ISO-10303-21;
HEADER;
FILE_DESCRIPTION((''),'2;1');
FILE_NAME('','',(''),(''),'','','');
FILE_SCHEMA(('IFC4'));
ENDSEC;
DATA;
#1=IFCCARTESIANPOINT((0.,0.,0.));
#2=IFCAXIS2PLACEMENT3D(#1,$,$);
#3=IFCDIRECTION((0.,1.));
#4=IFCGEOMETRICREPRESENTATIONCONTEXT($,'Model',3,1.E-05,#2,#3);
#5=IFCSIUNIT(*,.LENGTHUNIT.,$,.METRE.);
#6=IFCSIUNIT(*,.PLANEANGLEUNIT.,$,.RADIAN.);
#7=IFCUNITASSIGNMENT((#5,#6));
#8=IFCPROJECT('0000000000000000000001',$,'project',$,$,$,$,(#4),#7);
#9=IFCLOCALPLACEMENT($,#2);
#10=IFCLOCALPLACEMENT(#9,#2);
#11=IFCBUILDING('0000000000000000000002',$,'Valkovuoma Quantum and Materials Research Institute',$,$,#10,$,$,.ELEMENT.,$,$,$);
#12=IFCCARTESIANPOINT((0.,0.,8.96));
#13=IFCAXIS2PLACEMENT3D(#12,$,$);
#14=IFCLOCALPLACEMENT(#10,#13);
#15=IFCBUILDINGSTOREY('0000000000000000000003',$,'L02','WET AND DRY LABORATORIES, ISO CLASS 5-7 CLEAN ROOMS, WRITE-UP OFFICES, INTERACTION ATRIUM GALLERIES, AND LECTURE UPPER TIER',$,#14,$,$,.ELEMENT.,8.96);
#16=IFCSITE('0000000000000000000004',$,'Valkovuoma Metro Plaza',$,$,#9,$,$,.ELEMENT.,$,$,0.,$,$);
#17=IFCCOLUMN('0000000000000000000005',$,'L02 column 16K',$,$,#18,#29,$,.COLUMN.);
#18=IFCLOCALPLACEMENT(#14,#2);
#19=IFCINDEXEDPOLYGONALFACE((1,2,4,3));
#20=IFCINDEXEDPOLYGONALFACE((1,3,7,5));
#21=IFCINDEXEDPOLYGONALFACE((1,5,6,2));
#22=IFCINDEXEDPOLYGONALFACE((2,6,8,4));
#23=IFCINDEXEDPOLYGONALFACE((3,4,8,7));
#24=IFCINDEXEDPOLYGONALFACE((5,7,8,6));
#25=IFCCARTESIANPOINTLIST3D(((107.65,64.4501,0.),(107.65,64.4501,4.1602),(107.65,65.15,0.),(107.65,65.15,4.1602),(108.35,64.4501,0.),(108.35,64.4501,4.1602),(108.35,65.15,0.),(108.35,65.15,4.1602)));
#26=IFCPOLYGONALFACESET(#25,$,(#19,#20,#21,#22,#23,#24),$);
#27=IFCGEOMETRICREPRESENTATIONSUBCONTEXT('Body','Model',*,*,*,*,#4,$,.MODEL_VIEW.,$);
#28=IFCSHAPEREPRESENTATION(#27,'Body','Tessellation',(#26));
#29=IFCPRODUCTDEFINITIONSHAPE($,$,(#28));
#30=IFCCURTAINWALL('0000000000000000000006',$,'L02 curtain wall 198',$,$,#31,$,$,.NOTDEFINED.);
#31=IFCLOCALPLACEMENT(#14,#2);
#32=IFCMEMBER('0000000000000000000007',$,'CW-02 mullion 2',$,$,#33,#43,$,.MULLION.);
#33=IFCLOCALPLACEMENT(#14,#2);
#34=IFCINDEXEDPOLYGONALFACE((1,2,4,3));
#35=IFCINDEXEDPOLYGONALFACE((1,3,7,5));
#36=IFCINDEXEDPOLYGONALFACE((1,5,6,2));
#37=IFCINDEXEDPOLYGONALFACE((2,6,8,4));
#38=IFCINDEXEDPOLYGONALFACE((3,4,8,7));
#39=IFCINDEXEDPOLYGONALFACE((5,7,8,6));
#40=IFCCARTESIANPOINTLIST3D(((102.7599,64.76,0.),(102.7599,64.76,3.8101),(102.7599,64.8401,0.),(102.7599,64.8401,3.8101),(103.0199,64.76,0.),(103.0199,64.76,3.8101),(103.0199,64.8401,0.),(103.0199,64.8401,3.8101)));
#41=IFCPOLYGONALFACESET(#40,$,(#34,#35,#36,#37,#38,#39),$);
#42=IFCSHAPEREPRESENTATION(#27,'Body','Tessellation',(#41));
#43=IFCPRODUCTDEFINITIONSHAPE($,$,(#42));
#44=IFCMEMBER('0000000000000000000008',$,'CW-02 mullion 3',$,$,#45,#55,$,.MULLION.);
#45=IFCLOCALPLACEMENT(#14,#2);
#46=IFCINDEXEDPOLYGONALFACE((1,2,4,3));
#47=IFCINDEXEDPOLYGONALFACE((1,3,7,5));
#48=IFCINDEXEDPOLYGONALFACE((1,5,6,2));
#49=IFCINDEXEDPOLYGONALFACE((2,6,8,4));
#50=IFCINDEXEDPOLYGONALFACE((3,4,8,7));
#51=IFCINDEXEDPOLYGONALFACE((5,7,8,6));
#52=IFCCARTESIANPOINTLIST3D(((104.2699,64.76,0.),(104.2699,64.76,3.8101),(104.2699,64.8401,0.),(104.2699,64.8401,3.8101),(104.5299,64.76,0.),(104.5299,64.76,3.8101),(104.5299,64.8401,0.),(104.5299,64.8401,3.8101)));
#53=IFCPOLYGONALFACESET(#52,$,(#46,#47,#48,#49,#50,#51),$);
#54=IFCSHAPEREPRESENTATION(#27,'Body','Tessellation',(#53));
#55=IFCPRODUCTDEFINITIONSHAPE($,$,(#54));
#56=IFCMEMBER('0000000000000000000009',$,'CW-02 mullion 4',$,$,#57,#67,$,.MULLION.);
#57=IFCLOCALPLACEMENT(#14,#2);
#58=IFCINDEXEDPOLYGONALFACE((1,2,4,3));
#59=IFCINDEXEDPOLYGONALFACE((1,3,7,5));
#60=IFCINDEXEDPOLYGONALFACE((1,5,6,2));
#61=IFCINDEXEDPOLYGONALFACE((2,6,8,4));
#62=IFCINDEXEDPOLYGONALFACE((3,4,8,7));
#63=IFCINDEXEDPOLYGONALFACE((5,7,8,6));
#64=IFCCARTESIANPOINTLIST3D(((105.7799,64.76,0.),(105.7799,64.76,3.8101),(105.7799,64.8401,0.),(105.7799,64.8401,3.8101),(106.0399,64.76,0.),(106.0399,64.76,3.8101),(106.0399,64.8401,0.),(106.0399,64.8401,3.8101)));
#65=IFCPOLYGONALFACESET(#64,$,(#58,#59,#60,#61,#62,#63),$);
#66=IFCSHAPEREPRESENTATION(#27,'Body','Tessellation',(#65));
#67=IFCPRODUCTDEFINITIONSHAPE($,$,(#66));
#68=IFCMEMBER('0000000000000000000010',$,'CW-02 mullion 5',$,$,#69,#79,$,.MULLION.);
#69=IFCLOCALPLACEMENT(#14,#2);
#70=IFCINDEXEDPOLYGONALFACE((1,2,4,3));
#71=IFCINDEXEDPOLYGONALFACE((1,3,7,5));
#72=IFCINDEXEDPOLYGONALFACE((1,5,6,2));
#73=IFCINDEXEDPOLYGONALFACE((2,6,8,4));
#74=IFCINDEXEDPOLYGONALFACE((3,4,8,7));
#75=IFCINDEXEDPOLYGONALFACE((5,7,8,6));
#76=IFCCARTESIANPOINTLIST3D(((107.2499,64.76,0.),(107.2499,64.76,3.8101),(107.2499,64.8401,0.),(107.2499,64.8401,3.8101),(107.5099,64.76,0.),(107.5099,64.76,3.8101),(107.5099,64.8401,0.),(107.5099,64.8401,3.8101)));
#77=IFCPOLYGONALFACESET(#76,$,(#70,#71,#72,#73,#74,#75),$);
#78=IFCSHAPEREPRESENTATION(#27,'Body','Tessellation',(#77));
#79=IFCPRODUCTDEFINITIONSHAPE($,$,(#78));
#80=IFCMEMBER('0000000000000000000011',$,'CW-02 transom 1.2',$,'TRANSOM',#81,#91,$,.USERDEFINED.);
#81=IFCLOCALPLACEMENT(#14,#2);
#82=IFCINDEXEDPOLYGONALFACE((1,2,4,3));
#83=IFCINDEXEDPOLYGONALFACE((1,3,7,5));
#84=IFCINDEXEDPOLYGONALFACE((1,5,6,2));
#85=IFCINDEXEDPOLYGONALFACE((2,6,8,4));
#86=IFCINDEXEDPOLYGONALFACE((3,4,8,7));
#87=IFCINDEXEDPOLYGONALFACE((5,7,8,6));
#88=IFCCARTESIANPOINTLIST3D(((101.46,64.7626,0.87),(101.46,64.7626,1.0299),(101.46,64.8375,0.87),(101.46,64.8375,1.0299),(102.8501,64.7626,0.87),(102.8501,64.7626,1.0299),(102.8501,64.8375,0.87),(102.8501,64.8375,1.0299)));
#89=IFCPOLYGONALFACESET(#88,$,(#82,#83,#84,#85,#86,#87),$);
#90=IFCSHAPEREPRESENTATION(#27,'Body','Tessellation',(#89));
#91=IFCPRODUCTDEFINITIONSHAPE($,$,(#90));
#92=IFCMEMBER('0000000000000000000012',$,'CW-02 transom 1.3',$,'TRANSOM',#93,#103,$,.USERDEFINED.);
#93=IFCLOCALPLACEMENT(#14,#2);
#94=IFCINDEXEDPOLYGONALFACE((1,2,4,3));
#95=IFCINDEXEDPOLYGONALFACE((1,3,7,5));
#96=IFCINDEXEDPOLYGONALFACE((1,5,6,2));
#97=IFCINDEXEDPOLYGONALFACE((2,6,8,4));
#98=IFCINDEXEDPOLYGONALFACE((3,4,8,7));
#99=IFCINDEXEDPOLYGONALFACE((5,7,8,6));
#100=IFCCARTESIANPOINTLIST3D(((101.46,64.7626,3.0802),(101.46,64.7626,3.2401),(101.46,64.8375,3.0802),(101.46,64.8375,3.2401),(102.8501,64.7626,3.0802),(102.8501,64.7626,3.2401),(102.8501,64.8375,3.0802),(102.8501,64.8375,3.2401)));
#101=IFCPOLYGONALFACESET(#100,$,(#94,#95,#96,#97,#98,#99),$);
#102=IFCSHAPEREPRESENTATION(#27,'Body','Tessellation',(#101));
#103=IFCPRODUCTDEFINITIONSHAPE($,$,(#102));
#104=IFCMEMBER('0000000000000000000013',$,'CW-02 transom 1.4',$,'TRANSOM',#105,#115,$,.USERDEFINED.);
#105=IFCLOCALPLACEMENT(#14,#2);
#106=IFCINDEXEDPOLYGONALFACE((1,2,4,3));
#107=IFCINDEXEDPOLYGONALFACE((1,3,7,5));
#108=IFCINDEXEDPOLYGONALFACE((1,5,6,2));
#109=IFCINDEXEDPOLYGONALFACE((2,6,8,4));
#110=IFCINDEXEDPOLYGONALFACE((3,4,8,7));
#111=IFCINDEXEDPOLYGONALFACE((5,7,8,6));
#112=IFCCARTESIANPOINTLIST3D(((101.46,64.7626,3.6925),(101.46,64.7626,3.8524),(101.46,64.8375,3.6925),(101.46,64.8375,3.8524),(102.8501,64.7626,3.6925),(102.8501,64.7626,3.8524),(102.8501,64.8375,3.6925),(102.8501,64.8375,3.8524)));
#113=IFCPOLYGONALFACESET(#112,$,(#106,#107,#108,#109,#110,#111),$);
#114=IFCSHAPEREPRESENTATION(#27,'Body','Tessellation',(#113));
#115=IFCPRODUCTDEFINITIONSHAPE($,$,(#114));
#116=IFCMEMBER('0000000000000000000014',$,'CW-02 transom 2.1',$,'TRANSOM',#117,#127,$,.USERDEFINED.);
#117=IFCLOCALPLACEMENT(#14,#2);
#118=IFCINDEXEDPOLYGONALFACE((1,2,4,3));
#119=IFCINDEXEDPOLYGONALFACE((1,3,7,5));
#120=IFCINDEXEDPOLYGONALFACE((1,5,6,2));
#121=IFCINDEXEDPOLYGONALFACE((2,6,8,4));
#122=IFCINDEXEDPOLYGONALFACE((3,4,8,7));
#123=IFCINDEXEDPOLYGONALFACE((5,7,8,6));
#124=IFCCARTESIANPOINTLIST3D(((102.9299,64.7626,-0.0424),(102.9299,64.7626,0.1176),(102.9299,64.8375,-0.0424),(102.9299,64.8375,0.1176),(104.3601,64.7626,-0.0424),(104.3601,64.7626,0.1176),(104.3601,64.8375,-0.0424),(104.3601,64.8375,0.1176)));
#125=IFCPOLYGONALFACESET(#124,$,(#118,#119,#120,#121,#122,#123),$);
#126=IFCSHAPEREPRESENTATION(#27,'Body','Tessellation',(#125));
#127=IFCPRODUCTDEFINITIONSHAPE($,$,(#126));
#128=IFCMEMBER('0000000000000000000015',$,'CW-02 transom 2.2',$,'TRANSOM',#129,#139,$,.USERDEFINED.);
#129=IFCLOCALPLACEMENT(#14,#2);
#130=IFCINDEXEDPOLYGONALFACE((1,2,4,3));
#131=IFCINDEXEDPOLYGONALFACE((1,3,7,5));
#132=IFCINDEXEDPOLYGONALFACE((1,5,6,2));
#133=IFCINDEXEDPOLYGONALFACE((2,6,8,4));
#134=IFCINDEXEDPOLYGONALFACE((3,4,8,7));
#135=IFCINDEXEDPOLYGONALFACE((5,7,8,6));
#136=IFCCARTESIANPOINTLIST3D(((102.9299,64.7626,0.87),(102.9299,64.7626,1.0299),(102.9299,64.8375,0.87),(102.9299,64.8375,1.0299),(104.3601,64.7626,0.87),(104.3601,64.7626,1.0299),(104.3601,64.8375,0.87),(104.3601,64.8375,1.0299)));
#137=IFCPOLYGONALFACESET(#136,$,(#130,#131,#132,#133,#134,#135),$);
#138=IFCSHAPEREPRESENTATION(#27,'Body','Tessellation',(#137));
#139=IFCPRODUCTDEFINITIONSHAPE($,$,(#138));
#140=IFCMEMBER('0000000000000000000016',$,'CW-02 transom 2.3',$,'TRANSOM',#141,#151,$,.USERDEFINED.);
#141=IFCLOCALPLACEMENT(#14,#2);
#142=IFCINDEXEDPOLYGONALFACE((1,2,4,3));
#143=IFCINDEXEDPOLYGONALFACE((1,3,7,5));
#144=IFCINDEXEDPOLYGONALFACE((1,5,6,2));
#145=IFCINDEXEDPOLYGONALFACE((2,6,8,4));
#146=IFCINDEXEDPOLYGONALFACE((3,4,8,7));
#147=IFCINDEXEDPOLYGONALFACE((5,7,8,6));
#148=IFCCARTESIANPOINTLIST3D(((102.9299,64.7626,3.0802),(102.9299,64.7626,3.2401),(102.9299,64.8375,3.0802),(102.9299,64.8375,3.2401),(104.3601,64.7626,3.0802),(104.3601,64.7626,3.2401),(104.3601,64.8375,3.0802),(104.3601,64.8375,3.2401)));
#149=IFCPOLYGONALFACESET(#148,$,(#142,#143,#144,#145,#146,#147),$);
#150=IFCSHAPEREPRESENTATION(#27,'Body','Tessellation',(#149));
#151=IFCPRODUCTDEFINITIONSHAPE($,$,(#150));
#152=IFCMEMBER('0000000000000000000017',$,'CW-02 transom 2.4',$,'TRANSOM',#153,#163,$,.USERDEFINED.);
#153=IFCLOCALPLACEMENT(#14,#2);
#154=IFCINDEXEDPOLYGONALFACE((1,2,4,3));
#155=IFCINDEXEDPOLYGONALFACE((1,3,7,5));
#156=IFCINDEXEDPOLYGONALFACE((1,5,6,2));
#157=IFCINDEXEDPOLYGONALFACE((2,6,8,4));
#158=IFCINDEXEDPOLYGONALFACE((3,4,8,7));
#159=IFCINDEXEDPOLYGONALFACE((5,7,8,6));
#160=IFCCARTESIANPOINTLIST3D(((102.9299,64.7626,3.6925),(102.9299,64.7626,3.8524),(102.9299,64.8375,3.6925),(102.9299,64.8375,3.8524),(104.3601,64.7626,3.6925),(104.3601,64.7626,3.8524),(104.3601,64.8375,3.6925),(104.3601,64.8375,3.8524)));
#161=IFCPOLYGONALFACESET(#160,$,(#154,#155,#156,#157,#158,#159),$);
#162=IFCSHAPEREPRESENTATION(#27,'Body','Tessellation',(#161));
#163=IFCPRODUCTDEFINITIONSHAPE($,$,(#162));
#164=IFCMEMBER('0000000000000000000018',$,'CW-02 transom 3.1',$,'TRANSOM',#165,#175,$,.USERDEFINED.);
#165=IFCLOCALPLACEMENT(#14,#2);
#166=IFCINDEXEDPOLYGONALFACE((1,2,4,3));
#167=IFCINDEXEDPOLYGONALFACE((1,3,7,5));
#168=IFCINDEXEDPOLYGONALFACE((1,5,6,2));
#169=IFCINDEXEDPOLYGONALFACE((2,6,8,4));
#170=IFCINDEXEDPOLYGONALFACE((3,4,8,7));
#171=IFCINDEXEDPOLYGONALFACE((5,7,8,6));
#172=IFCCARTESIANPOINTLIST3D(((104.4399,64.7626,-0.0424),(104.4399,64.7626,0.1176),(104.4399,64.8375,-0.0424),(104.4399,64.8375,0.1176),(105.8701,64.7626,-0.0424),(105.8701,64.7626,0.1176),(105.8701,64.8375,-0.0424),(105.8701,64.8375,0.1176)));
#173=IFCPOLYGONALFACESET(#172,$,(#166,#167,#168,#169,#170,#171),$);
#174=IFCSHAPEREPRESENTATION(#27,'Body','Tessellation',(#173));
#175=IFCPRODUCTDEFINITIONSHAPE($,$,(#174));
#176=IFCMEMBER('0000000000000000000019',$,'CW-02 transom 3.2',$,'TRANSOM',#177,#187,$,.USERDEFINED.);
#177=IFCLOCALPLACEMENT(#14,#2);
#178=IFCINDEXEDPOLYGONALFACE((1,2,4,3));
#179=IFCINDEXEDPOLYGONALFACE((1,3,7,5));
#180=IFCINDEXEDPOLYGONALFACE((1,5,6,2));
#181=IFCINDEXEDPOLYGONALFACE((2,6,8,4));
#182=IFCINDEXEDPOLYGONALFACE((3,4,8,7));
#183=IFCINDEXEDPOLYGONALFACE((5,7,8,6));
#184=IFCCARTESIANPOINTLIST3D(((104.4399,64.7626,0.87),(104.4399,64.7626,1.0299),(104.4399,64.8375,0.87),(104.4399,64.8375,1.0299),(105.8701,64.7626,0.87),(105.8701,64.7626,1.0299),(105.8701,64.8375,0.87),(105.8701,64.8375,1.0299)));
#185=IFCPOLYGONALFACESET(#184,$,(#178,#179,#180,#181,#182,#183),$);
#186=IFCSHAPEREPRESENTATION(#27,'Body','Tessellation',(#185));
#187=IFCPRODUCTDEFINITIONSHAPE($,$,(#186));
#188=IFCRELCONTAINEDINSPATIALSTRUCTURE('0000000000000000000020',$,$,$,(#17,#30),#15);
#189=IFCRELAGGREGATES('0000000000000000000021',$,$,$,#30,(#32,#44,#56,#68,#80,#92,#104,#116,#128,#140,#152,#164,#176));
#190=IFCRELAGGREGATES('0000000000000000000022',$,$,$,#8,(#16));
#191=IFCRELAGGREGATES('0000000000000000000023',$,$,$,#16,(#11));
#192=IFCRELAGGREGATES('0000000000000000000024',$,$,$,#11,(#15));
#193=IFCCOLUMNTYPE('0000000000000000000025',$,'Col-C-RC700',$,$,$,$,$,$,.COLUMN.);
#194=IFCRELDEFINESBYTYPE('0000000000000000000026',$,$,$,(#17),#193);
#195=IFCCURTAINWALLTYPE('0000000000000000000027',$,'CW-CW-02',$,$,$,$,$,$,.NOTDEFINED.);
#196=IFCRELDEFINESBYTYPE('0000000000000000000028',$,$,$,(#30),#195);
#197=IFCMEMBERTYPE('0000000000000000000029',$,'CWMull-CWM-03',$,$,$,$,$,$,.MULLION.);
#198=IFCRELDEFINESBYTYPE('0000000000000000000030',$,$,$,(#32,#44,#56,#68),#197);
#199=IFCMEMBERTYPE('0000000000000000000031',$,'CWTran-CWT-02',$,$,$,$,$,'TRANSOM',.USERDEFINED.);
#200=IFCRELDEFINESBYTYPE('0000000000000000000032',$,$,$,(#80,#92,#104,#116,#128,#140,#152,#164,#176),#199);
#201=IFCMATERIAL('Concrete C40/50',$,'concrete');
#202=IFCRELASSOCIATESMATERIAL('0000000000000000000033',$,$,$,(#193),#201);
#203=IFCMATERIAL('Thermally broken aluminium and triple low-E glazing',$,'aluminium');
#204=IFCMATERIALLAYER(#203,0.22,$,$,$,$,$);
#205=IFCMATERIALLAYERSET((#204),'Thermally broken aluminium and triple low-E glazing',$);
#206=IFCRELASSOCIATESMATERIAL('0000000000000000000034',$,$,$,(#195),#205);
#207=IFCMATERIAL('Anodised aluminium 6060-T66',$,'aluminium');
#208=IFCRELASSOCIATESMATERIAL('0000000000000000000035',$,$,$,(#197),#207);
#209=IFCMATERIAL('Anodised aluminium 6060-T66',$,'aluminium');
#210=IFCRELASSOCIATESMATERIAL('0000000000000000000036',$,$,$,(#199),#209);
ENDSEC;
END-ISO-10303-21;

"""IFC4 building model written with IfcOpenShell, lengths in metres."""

from ifc_helpers import new_model, si_unit, direction, frame, origin, origin_2d, place, context, subcontext, project, spatial, rectangle, extrude, material, layer, layer_set, material_profile, profile_set, type_object, element, aggregate, save


model = new_model("IFC4")

# Units and contexts
model_context = context("Model", 3, precision=1e-05, world=origin(), true_north=direction((0.0, 1.0)))
body_context = subcontext(model_context, "Body", "Model", "MODEL_VIEW")
ifc_project = project(units=[si_unit("LENGTHUNIT", "METRE"), si_unit("PLANEANGLEUNIT", "RADIAN")], contexts=[model_context])

# Site, building, storey
site_placement = place(None, origin())
site = spatial("IfcSite", under=ifc_project, at=site_placement, Name="Valkovuoma Metro Plaza", CompositionType="ELEMENT", RefElevation=0.0)
building_placement = place(site_placement, origin())
building = spatial("IfcBuilding", under=site, at=building_placement, Name="Valkovuoma Quantum and Materials Research Institute", CompositionType="ELEMENT")
storey_placement = place(building_placement, frame((0.0, 0.0, 8.96)))
storey = spatial("IfcBuildingStorey", under=building, at=storey_placement, Name="L02", Description="WET AND DRY LABORATORIES, ISO CLASS 5-7 CLEAN ROOMS, WRITE-UP OFFICES, INTERACTION ATRIUM GALLERIES, AND LECTURE UPPER TIER", CompositionType="ELEMENT", Elevation=8.96)

# Column
ifc_material_1 = material(Name="Concrete C40/50", Category="concrete")
ifc_material_profile_1 = material_profile(ifc_material_1, rectangle(XDim=0.7, YDim=0.7, at=origin_2d()), Name="Concrete C40/50")
ifc_profile_set_1 = profile_set([ifc_material_profile_1], Name="Concrete C40/50")
column_type = type_object("IfcColumnType", Name="Col-C-RC700", PredefinedType="COLUMN", material=ifc_profile_set_1)
column_placement = place(storey_placement, frame((108.0, 64.8, 0.0), z_axis=(0.0, 0.0, 1.0), x_axis=(1.0, 0.0, 0.0)))
element("IfcColumn", 1, at=column_placement, inside=storey, type_object=column_type, Name="L02 column 16K", PredefinedType="COLUMN", context=body_context, shape_type="SweptSolid", body=[
    extrude(rectangle(XDim=0.7, YDim=0.7, at=origin_2d()), origin(), (0.0, 0.0, 1.0), 4.1602),
])

# Curtain wall, members
ifc_material_2 = material(Name="Thermally broken aluminium and triple low-E glazing", Category="aluminium")
ifc_layer_1 = layer(ifc_material_2, 0.22)
ifc_layer_set_1 = layer_set([ifc_layer_1], Name="Thermally broken aluminium and triple low-E glazing")
curtain_wall_type = type_object("IfcCurtainWallType", Name="CW-CW-02", PredefinedType="NOTDEFINED", material=ifc_layer_set_1)
curtain_wall_placement = place(storey_placement, origin())
curtain_wall = element("IfcCurtainWall", 2, at=curtain_wall_placement, inside=storey, type_object=curtain_wall_type, Name="L02 curtain wall 198", PredefinedType="NOTDEFINED")
ifc_material_3 = material(Name="Anodised aluminium 6060-T66", Category="aluminium")
ifc_material_profile_2 = material_profile(ifc_material_3, rectangle(XDim=0.0801, YDim=0.26, at=origin_2d()), Name="Anodised aluminium 6060-T66")
ifc_profile_set_2 = profile_set([ifc_material_profile_2], Name="Anodised aluminium 6060-T66")
member_type_1 = type_object("IfcMemberType", Name="CWMull-CWM-03", PredefinedType="MULLION", material=ifc_profile_set_2)
member_1_placement = place(storey_placement, frame((102.8899, 64.8, 0.0), z_axis=(0.0, 0.0, 1.0), x_axis=(0.0, 1.0, 0.0)))
member_1 = element("IfcMember", 3, at=member_1_placement, type_object=member_type_1, Name="CW-02 mullion 2", PredefinedType="MULLION", context=body_context, shape_type="SweptSolid", body=[
    extrude(rectangle(XDim=0.0801, YDim=0.26, at=origin_2d()), origin(), (0.0, 0.0, 1.0), 3.8101),
])
member_2_placement = place(storey_placement, frame((104.3999, 64.8, 0.0), z_axis=(0.0, 0.0, 1.0), x_axis=(0.0, 1.0, 0.0)))
member_2 = element("IfcMember", 4, at=member_2_placement, type_object=member_type_1, Name="CW-02 mullion 3", PredefinedType="MULLION", context=body_context, shape_type="SweptSolid", body=[
    extrude(rectangle(XDim=0.0801, YDim=0.26, at=origin_2d()), origin(), (0.0, 0.0, 1.0), 3.8101),
])
member_3_placement = place(storey_placement, frame((105.9099, 64.8, 0.0), z_axis=(0.0, 0.0, 1.0), x_axis=(0.0, 1.0, 0.0)))
member_3 = element("IfcMember", 5, at=member_3_placement, type_object=member_type_1, Name="CW-02 mullion 4", PredefinedType="MULLION", context=body_context, shape_type="SweptSolid", body=[
    extrude(rectangle(XDim=0.0801, YDim=0.26, at=origin_2d()), origin(), (0.0, 0.0, 1.0), 3.8101),
])
member_4_placement = place(storey_placement, frame((107.3799, 64.8, 0.0), z_axis=(0.0, 0.0, 1.0), x_axis=(0.0, 1.0, 0.0)))
member_4 = element("IfcMember", 6, at=member_4_placement, type_object=member_type_1, Name="CW-02 mullion 5", PredefinedType="MULLION", context=body_context, shape_type="SweptSolid", body=[
    extrude(rectangle(XDim=0.0801, YDim=0.26, at=origin_2d()), origin(), (0.0, 0.0, 1.0), 3.8101),
])
ifc_material_4 = material(Name="Anodised aluminium 6060-T66", Category="aluminium")
ifc_material_profile_3 = material_profile(ifc_material_4, rectangle(XDim=0.075, YDim=0.1599, at=origin_2d()), Name="Anodised aluminium 6060-T66")
ifc_profile_set_3 = profile_set([ifc_material_profile_3], Name="Anodised aluminium 6060-T66")
member_type_2 = type_object("IfcMemberType", Name="CWTran-CWT-02", ElementType="TRANSOM", PredefinedType="USERDEFINED", material=ifc_profile_set_3)
member_5_placement = place(storey_placement, frame((101.46, 64.8, 0.95), z_axis=(1.0, 0.0, 0.0), x_axis=(0.0, 1.0, 0.0)))
member_5 = element("IfcMember", 7, at=member_5_placement, type_object=member_type_2, Name="CW-02 transom 1.2", ObjectType="TRANSOM", PredefinedType="USERDEFINED", context=body_context, shape_type="SweptSolid", body=[
    extrude(rectangle(XDim=0.075, YDim=0.1599, at=origin_2d()), origin(), (0.0, 0.0, 1.0), 1.3901),
])
member_6_placement = place(storey_placement, frame((101.46, 64.8, 3.1602), z_axis=(1.0, 0.0, 0.0), x_axis=(0.0, 1.0, 0.0)))
member_6 = element("IfcMember", 8, at=member_6_placement, type_object=member_type_2, Name="CW-02 transom 1.3", ObjectType="TRANSOM", PredefinedType="USERDEFINED", context=body_context, shape_type="SweptSolid", body=[
    extrude(rectangle(XDim=0.075, YDim=0.1599, at=origin_2d()), origin(), (0.0, 0.0, 1.0), 1.3901),
])
member_7_placement = place(storey_placement, frame((101.46, 64.8, 3.7725), z_axis=(1.0, 0.0, 0.0), x_axis=(0.0, 1.0, 0.0)))
member_7 = element("IfcMember", 9, at=member_7_placement, type_object=member_type_2, Name="CW-02 transom 1.4", ObjectType="TRANSOM", PredefinedType="USERDEFINED", context=body_context, shape_type="SweptSolid", body=[
    extrude(rectangle(XDim=0.075, YDim=0.1599, at=origin_2d()), origin(), (0.0, 0.0, 1.0), 1.3901),
])
member_8_placement = place(storey_placement, frame((102.9299, 64.8, 0.0376), z_axis=(1.0, 0.0, 0.0), x_axis=(0.0, 1.0, 0.0)))
member_8 = element("IfcMember", 10, at=member_8_placement, type_object=member_type_2, Name="CW-02 transom 2.1", ObjectType="TRANSOM", PredefinedType="USERDEFINED", context=body_context, shape_type="SweptSolid", body=[
    extrude(rectangle(XDim=0.075, YDim=0.1599, at=origin_2d()), origin(), (0.0, 0.0, 1.0), 1.4302),
])
member_9_placement = place(storey_placement, frame((102.9299, 64.8, 0.95), z_axis=(1.0, 0.0, 0.0), x_axis=(0.0, 1.0, 0.0)))
member_9 = element("IfcMember", 11, at=member_9_placement, type_object=member_type_2, Name="CW-02 transom 2.2", ObjectType="TRANSOM", PredefinedType="USERDEFINED", context=body_context, shape_type="SweptSolid", body=[
    extrude(rectangle(XDim=0.075, YDim=0.1599, at=origin_2d()), origin(), (0.0, 0.0, 1.0), 1.4302),
])
member_10_placement = place(storey_placement, frame((102.9299, 64.8, 3.1602), z_axis=(1.0, 0.0, 0.0), x_axis=(0.0, 1.0, 0.0)))
member_10 = element("IfcMember", 12, at=member_10_placement, type_object=member_type_2, Name="CW-02 transom 2.3", ObjectType="TRANSOM", PredefinedType="USERDEFINED", context=body_context, shape_type="SweptSolid", body=[
    extrude(rectangle(XDim=0.075, YDim=0.1599, at=origin_2d()), origin(), (0.0, 0.0, 1.0), 1.4302),
])
member_11_placement = place(storey_placement, frame((102.9299, 64.8, 3.7725), z_axis=(1.0, 0.0, 0.0), x_axis=(0.0, 1.0, 0.0)))
member_11 = element("IfcMember", 13, at=member_11_placement, type_object=member_type_2, Name="CW-02 transom 2.4", ObjectType="TRANSOM", PredefinedType="USERDEFINED", context=body_context, shape_type="SweptSolid", body=[
    extrude(rectangle(XDim=0.075, YDim=0.1599, at=origin_2d()), origin(), (0.0, 0.0, 1.0), 1.4302),
])
member_12_placement = place(storey_placement, frame((104.4399, 64.8, 0.0376), z_axis=(1.0, 0.0, 0.0), x_axis=(0.0, 1.0, 0.0)))
member_12 = element("IfcMember", 14, at=member_12_placement, type_object=member_type_2, Name="CW-02 transom 3.1", ObjectType="TRANSOM", PredefinedType="USERDEFINED", context=body_context, shape_type="SweptSolid", body=[
    extrude(rectangle(XDim=0.075, YDim=0.1599, at=origin_2d()), origin(), (0.0, 0.0, 1.0), 1.4302),
])
member_13_placement = place(storey_placement, frame((104.4399, 64.8, 0.95), z_axis=(1.0, 0.0, 0.0), x_axis=(0.0, 1.0, 0.0)))
member_13 = element("IfcMember", 15, at=member_13_placement, type_object=member_type_2, Name="CW-02 transom 3.2", ObjectType="TRANSOM", PredefinedType="USERDEFINED", context=body_context, shape_type="SweptSolid", body=[
    extrude(rectangle(XDim=0.075, YDim=0.1599, at=origin_2d()), origin(), (0.0, 0.0, 1.0), 1.4302),
])
aggregate(curtain_wall, [member_1, member_2, member_3, member_4, member_5, member_6, member_7, member_8, member_9, member_10, member_11, member_12, member_13])

save(model, "model.ifc")
